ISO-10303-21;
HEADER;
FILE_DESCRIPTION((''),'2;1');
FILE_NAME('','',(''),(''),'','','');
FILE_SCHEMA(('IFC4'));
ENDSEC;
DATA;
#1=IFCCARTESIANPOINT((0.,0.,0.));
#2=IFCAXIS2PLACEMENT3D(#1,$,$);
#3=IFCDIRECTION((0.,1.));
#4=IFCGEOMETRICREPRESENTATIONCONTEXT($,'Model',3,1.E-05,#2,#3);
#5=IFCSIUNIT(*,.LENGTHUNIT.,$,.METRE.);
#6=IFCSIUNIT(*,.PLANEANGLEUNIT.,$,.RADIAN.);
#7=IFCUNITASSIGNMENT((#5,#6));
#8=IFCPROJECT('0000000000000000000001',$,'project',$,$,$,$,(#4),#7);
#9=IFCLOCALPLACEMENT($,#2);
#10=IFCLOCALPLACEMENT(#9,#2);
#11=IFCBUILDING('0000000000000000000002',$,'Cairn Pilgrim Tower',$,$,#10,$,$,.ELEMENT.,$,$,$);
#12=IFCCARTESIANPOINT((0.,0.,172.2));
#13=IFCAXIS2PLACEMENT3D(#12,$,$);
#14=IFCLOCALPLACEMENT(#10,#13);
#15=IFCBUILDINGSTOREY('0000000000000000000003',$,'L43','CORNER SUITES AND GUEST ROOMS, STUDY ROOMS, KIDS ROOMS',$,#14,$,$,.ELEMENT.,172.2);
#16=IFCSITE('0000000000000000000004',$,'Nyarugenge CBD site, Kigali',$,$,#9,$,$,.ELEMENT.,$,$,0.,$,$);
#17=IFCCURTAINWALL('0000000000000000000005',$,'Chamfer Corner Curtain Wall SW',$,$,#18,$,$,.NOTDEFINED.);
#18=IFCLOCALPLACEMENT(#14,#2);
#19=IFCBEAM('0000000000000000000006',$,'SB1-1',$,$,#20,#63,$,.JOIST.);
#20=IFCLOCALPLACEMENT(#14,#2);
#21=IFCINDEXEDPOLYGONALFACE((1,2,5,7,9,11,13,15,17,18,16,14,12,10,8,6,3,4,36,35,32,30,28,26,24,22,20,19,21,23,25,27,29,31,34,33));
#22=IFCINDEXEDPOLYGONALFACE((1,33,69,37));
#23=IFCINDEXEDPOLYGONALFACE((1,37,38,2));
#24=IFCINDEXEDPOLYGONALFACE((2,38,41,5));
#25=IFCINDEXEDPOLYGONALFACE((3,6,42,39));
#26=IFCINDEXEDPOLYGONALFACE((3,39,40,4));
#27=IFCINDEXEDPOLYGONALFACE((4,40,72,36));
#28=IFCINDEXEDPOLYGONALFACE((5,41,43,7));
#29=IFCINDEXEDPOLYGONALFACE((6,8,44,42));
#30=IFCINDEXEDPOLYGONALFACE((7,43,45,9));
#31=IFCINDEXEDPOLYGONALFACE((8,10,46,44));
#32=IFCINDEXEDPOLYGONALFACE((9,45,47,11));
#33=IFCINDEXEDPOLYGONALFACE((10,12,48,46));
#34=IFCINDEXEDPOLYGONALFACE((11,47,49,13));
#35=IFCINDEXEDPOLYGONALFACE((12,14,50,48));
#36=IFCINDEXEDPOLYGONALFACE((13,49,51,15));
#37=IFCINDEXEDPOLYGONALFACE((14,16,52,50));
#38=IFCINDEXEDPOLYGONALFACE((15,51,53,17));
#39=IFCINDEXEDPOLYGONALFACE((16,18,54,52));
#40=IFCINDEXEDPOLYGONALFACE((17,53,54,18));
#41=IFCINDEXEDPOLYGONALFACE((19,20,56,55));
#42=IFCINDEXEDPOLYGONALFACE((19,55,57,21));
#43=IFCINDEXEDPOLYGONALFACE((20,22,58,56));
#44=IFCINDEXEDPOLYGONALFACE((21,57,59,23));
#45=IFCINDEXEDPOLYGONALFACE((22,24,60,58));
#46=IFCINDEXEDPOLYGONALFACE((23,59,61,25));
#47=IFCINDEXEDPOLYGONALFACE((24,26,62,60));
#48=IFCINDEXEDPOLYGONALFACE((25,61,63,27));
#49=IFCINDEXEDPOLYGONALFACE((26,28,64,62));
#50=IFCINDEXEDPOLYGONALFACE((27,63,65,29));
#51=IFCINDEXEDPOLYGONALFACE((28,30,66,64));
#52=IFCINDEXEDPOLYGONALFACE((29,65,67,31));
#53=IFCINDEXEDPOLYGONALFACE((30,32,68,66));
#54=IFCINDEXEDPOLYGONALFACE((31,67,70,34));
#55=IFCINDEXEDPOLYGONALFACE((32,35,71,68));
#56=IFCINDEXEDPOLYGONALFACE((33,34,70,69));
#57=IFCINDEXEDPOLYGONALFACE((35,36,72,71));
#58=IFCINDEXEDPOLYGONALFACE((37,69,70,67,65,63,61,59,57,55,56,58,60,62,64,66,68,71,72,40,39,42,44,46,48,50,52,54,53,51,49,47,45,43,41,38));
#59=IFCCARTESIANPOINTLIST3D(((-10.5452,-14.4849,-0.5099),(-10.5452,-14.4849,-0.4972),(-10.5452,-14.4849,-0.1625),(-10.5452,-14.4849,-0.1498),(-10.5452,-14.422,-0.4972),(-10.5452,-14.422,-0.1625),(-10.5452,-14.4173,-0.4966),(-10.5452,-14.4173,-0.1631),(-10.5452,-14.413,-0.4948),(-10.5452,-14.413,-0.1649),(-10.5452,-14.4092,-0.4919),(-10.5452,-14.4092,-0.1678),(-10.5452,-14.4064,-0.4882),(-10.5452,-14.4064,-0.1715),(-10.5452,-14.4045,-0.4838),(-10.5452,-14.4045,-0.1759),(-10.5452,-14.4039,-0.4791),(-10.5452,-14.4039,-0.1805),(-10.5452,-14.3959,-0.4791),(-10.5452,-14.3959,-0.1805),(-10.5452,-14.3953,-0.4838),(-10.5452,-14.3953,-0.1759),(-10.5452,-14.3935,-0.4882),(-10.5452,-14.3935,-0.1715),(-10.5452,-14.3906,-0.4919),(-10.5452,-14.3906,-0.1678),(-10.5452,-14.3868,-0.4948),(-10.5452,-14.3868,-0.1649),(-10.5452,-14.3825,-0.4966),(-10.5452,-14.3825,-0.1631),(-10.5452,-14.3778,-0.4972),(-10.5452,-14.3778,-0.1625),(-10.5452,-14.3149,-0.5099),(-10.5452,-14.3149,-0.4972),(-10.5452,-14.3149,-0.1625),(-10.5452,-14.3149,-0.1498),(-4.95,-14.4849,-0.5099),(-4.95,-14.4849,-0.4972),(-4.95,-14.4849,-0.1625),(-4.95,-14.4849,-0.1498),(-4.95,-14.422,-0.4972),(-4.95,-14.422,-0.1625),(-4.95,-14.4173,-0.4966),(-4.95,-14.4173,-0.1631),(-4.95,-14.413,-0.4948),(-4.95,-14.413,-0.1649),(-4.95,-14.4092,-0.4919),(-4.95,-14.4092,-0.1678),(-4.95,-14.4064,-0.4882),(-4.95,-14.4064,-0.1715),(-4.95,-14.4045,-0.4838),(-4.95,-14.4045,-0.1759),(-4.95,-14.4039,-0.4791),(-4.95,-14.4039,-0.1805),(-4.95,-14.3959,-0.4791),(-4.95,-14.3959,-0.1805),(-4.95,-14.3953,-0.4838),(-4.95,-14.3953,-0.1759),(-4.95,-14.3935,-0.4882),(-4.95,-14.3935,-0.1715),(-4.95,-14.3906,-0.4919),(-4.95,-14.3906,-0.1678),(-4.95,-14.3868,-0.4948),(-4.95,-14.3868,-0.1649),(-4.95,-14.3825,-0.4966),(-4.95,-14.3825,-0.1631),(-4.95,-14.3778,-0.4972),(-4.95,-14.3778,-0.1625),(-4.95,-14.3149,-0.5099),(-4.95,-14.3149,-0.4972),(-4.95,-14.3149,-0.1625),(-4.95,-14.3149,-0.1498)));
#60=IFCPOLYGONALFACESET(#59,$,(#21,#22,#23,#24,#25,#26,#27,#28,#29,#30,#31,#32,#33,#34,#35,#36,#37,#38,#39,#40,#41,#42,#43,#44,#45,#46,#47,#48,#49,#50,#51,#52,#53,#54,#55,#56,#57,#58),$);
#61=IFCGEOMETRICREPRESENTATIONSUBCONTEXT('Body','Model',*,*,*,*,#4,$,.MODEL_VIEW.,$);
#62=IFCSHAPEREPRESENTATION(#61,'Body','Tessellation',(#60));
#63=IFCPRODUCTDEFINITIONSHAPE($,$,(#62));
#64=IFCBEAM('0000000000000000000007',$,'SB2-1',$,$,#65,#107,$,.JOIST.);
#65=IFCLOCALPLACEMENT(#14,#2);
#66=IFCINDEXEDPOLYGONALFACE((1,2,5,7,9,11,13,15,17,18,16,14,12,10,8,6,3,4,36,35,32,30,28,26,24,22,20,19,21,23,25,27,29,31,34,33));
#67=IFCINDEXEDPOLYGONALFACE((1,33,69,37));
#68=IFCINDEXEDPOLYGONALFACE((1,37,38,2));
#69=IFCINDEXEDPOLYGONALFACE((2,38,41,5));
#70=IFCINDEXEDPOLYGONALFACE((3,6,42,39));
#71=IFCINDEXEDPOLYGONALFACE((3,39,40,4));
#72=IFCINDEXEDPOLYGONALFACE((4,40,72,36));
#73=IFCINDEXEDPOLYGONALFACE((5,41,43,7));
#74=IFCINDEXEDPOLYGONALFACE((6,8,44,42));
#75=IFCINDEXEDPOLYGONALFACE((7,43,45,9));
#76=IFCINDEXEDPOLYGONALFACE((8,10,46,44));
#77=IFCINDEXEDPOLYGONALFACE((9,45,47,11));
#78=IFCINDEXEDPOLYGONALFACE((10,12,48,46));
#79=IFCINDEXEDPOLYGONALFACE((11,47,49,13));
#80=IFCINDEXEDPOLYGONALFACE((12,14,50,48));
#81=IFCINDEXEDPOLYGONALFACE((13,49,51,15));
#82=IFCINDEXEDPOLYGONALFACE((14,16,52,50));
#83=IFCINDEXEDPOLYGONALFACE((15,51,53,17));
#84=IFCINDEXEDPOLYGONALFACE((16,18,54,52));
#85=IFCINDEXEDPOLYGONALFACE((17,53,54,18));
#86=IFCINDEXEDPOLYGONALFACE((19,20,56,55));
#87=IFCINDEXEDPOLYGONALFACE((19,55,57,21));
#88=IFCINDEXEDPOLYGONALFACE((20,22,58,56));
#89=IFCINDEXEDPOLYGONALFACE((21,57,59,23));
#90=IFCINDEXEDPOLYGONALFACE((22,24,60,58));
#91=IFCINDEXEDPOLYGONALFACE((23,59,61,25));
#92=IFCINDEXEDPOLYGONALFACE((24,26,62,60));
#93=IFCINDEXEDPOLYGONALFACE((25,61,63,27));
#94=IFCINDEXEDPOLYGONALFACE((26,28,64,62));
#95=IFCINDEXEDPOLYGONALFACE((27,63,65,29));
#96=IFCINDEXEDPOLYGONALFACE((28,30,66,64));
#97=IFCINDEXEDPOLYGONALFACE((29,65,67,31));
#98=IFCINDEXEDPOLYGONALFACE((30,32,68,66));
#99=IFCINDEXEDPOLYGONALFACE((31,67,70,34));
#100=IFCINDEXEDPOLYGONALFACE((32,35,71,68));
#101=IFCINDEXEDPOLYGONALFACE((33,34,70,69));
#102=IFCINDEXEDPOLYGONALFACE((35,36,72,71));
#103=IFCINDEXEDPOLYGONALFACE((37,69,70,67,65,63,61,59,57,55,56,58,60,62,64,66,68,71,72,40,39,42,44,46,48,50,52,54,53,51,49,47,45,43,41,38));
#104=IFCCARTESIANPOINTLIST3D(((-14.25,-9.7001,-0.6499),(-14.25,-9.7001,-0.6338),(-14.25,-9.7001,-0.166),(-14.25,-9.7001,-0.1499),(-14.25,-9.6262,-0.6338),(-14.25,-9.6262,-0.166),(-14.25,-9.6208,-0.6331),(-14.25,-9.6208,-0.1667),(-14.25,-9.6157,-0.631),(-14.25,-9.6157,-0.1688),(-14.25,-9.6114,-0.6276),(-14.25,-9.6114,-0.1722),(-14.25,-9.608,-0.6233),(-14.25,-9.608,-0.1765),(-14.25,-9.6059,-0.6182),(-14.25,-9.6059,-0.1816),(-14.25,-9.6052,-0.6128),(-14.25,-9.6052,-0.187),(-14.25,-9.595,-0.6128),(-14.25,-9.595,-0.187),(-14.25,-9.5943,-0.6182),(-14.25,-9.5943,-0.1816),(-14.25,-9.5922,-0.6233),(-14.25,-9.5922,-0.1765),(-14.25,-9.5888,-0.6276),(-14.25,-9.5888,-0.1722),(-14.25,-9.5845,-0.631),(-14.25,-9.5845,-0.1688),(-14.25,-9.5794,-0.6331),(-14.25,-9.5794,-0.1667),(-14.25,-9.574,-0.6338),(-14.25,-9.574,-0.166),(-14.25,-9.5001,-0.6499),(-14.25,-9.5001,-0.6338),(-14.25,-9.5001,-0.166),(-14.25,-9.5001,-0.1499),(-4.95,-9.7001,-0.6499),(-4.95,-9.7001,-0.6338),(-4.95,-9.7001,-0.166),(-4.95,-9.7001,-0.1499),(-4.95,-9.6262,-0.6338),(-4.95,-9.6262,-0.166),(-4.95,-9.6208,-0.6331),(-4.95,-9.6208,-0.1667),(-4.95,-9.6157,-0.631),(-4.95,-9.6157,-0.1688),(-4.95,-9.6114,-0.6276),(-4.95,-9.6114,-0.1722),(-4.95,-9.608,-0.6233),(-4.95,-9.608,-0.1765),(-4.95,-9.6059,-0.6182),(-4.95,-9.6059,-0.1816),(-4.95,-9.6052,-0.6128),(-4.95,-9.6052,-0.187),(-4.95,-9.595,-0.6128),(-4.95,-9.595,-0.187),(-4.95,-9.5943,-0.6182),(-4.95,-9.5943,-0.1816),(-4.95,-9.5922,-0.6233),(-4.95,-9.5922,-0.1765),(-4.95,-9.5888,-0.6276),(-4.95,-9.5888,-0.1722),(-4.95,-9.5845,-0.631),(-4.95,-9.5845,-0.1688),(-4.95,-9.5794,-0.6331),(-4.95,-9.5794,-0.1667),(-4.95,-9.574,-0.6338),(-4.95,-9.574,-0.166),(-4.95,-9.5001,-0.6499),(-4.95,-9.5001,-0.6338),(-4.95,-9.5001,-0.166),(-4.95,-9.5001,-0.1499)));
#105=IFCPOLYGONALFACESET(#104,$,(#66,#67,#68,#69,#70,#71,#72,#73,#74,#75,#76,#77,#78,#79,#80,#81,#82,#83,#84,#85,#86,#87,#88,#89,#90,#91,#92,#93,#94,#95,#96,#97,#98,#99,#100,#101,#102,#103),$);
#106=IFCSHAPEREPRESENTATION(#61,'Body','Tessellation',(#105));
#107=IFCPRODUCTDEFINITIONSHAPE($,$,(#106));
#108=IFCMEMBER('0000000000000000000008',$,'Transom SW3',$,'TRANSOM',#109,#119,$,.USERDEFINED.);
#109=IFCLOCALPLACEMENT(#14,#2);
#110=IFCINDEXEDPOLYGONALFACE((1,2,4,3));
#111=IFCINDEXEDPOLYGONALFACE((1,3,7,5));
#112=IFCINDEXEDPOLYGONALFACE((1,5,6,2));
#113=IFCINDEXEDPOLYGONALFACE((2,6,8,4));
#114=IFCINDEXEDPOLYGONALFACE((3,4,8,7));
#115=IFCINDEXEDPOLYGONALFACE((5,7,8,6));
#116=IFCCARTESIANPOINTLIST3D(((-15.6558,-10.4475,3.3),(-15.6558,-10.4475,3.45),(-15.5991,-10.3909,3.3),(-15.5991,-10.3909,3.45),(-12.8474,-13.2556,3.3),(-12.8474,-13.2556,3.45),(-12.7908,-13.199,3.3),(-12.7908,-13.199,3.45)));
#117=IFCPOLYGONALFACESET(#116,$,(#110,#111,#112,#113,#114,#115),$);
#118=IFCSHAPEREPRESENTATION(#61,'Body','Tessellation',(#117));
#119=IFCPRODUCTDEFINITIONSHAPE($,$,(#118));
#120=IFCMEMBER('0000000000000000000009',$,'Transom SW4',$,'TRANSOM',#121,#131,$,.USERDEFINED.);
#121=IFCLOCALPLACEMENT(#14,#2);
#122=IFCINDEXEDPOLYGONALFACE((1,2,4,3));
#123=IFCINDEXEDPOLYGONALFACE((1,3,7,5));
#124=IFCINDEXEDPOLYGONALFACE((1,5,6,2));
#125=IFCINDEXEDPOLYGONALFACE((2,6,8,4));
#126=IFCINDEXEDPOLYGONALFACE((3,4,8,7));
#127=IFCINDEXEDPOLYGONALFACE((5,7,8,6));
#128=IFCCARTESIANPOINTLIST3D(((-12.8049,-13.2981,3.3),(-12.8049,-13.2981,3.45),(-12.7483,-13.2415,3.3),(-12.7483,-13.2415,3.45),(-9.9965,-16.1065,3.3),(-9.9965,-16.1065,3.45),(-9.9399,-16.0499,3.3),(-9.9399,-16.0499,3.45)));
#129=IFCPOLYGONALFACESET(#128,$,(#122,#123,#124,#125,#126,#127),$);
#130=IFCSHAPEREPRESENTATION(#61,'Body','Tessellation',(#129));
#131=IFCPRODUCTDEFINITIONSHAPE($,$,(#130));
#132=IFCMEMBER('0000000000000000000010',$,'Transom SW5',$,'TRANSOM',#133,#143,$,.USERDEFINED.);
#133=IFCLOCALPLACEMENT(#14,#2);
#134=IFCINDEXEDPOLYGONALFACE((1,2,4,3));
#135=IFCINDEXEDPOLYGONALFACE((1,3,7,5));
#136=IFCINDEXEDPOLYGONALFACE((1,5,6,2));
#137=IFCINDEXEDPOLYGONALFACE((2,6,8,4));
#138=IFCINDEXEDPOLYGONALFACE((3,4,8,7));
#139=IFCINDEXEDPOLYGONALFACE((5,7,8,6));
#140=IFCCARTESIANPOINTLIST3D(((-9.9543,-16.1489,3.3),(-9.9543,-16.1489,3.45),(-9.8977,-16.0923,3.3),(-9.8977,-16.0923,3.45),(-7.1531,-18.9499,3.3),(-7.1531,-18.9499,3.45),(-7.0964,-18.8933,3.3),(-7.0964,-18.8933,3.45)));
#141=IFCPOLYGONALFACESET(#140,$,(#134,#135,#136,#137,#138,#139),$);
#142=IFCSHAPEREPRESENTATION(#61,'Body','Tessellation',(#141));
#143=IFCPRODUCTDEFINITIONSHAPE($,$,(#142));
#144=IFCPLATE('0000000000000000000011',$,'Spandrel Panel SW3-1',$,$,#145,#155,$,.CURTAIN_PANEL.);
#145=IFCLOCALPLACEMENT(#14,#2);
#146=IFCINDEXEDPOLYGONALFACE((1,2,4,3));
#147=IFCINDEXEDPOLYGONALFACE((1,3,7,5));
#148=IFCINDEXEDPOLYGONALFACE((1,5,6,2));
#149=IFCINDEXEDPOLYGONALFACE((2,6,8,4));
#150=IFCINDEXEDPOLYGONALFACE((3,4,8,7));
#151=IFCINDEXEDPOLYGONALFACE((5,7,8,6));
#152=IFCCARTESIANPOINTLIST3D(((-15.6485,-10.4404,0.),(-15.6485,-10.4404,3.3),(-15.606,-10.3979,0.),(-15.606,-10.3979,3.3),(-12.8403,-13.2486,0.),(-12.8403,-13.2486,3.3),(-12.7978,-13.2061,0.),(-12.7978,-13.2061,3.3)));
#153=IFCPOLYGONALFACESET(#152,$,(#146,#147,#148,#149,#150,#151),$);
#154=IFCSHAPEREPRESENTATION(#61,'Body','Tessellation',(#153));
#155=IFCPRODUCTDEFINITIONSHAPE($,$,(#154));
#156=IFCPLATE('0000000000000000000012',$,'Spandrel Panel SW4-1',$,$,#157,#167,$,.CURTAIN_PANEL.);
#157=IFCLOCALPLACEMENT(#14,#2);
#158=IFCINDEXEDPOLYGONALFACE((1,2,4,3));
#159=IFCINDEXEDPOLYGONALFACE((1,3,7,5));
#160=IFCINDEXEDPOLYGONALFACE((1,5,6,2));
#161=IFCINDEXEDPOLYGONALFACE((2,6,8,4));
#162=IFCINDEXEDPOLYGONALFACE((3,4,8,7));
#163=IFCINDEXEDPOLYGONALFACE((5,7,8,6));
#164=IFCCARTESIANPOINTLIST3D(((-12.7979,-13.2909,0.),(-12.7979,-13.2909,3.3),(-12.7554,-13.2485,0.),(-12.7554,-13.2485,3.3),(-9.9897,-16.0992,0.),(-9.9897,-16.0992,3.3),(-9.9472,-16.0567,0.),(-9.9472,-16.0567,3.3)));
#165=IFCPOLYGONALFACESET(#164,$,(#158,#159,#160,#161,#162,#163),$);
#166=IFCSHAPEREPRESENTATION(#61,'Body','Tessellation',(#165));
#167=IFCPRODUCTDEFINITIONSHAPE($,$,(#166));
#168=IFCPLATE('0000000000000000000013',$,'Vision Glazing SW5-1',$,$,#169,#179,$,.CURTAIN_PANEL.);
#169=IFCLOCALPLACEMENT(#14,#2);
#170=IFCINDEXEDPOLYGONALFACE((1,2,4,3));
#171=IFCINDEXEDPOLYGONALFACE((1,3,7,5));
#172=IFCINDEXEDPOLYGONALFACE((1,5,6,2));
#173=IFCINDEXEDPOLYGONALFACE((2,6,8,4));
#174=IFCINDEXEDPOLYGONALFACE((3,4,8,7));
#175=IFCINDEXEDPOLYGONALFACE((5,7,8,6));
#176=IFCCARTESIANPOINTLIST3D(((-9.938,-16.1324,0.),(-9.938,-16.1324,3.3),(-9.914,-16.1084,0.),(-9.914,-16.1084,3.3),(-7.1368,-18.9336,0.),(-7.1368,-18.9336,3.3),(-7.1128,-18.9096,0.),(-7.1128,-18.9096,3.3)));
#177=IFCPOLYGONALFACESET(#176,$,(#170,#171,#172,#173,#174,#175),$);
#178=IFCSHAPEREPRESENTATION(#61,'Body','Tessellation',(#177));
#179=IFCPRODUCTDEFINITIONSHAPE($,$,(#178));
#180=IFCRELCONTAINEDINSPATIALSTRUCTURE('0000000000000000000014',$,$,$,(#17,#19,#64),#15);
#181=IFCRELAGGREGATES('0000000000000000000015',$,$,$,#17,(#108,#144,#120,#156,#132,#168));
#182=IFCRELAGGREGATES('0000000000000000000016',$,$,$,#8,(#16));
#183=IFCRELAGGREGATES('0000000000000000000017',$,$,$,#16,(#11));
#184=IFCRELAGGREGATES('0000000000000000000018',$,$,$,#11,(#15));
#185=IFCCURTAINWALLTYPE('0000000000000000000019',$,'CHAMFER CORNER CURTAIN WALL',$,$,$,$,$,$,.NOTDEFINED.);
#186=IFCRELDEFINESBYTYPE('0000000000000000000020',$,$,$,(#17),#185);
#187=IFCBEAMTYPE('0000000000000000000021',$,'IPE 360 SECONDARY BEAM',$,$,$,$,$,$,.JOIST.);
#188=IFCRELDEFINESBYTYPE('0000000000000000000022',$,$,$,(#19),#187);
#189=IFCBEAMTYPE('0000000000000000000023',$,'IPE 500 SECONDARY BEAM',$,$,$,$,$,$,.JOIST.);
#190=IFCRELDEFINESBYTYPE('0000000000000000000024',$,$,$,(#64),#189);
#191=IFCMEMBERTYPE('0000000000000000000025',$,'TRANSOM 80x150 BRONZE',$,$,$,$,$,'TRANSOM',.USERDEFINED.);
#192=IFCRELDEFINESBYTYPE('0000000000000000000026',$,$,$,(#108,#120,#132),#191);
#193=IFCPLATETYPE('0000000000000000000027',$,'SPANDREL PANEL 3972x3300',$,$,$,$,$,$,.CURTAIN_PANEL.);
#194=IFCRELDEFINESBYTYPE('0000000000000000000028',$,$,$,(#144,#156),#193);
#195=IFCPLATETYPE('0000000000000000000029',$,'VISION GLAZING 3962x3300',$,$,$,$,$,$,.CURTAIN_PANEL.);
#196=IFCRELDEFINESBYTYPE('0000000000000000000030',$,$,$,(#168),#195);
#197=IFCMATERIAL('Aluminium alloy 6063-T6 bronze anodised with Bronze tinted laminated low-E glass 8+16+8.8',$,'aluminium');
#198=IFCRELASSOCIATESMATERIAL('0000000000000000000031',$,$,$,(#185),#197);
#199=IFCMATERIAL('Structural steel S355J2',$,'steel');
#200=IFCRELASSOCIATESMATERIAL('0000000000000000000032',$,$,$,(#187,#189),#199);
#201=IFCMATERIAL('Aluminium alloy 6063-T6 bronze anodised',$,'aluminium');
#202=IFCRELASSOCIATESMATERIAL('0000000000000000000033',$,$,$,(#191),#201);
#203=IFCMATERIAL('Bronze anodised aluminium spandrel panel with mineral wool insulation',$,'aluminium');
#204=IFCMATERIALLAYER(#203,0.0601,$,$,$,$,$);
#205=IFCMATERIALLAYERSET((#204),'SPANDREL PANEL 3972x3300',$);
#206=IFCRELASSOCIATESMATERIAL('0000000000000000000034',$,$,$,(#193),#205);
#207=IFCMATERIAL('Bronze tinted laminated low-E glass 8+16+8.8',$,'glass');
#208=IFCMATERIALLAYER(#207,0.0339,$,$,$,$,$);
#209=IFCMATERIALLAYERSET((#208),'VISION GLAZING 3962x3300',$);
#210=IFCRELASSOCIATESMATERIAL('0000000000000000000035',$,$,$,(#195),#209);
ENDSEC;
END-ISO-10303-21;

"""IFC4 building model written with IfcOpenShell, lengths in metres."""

from ifc_helpers import new_model, si_unit, direction, frame, origin, origin_2d, place, context, subcontext, project, spatial, rectangle, i_section, extrude, material, layer, layer_set, material_profile, profile_set, type_object, element, aggregate, save


model = new_model("IFC4")

# Units and contexts
model_context = context("Model", 3, precision=1e-05, world=origin(), true_north=direction((0.0, 1.0)))
body_context = subcontext(model_context, "Body", "Model", "MODEL_VIEW")
ifc_project = project(units=[si_unit("LENGTHUNIT", "METRE"), si_unit("PLANEANGLEUNIT", "RADIAN")], contexts=[model_context])

# Site, building, storey
site_placement = place(None, origin())
site = spatial("IfcSite", under=ifc_project, at=site_placement, Name="Nyarugenge CBD site, Kigali", CompositionType="ELEMENT", RefElevation=0.0)
building_placement = place(site_placement, origin())
building = spatial("IfcBuilding", under=site, at=building_placement, Name="Cairn Pilgrim Tower", CompositionType="ELEMENT")
storey_placement = place(building_placement, frame((0.0, 0.0, 172.2)))
storey = spatial("IfcBuildingStorey", under=building, at=storey_placement, Name="L43", Description="CORNER SUITES AND GUEST ROOMS, STUDY ROOMS, KIDS ROOMS", CompositionType="ELEMENT", Elevation=172.2)

# Shared definitions
ifc_material_1 = material(Name="Structural steel S355J2", Category="steel")

# Curtain wall
ifc_material_2 = material(Name="Aluminium alloy 6063-T6 bronze anodised with Bronze tinted laminated low-E glass 8+16+8.8", Category="aluminium")
curtain_wall_type = type_object("IfcCurtainWallType", Name="CHAMFER CORNER CURTAIN WALL", PredefinedType="NOTDEFINED", material=ifc_material_2)
curtain_wall_placement = place(storey_placement, origin())
curtain_wall = element("IfcCurtainWall", 1, at=curtain_wall_placement, inside=storey, type_object=curtain_wall_type, Name="Chamfer Corner Curtain Wall SW", PredefinedType="NOTDEFINED")
ifc_material_3 = material(Name="Aluminium alloy 6063-T6 bronze anodised", Category="aluminium")

# Beams
ifc_material_profile_1 = material_profile(ifc_material_1, i_section(OverallWidth=0.1699, OverallDepth=0.3601, WebThickness=0.0081, FlangeThickness=0.0127, FilletRadius=0.0181, at=origin_2d()), Name="IPE 360")
ifc_profile_set_1 = profile_set([ifc_material_profile_1], Name="Structural steel S355J2")
beam_type_1 = type_object("IfcBeamType", Name="IPE 360 SECONDARY BEAM", PredefinedType="JOIST", material=ifc_profile_set_1)
beam_1_placement = place(storey_placement, frame((-10.5452, -14.3999, -0.3298), z_axis=(1.0, 0.0, 0.0), x_axis=(0.0, 1.0, 0.0)))
element("IfcBeam", 2, at=beam_1_placement, inside=storey, type_object=beam_type_1, Name="SB1-1", PredefinedType="JOIST", context=body_context, shape_type="SweptSolid", body=[
    extrude(i_section(OverallWidth=0.1699, OverallDepth=0.3601, WebThickness=0.0081, FlangeThickness=0.0127, FilletRadius=0.0181, at=origin_2d()), origin(), (0.0, 0.0, 1.0), 5.5952),
])
ifc_material_profile_2 = material_profile(ifc_material_1, i_section(OverallWidth=0.2, OverallDepth=0.5, WebThickness=0.0103, FlangeThickness=0.0161, FilletRadius=0.021, at=origin_2d()), Name="IPE 500")
ifc_profile_set_2 = profile_set([ifc_material_profile_2], Name="Structural steel S355J2")
beam_type_2 = type_object("IfcBeamType", Name="IPE 500 SECONDARY BEAM", PredefinedType="JOIST", material=ifc_profile_set_2)
beam_2_placement = place(storey_placement, frame((-14.25, -9.6001, -0.3999), z_axis=(1.0, 0.0, 0.0), x_axis=(0.0, 1.0, 0.0)))
element("IfcBeam", 3, at=beam_2_placement, inside=storey, type_object=beam_type_2, Name="SB2-1", PredefinedType="JOIST", context=body_context, shape_type="SweptSolid", body=[
    extrude(i_section(OverallWidth=0.2, OverallDepth=0.5, WebThickness=0.0103, FlangeThickness=0.0161, FilletRadius=0.021, at=origin_2d()), origin(), (0.0, 0.0, 1.0), 9.3),
])

# Members
ifc_material_profile_3 = material_profile(ifc_material_3, rectangle(XDim=0.0801, YDim=0.1499, at=origin_2d()), Name="TRANSOM 80x150 BRONZE")
ifc_profile_set_3 = profile_set([ifc_material_profile_3], Name="Aluminium alloy 6063-T6 bronze anodised")
member_type_1 = type_object("IfcMemberType", Name="TRANSOM 80x150 BRONZE", ElementType="TRANSOM", PredefinedType="USERDEFINED", material=ifc_profile_set_3)
member_1_placement = place(storey_placement, frame((-15.6274, -10.4192, 3.375), z_axis=(0.707138, -0.707076, 0.0), x_axis=(0.707076, 0.707138, 0.0)))
member_1 = element("IfcMember", 4, at=member_1_placement, type_object=member_type_1, Name="Transom SW3", ObjectType="TRANSOM", PredefinedType="USERDEFINED", context=body_context, shape_type="SweptSolid", body=[
    extrude(rectangle(XDim=0.0801, YDim=0.1499, at=origin_2d()), origin(), (0.0, 0.0, 1.0), 3.9714),
])
member_2_placement = place(storey_placement, frame((-12.7766, -13.2698, 3.375), z_axis=(0.707107, -0.707107, 0.0), x_axis=(0.707107, 0.707107, 0.0)))
member_2 = element("IfcMember", 5, at=member_2_placement, type_object=member_type_1, Name="Transom SW4", ObjectType="TRANSOM", PredefinedType="USERDEFINED", context=body_context, shape_type="SweptSolid", body=[
    extrude(rectangle(XDim=0.0801, YDim=0.1499, at=origin_2d()), origin(), (0.0, 0.0, 1.0), 3.9717),
])
member_3_placement = place(storey_placement, frame((-9.926, -16.1206, 3.375), z_axis=(0.707138, -0.707076, 0.0), x_axis=(0.707076, 0.707138, 0.0)))
member_3 = element("IfcMember", 6, at=member_3_placement, type_object=member_type_1, Name="Transom SW5", ObjectType="TRANSOM", PredefinedType="USERDEFINED", context=body_context, shape_type="SweptSolid", body=[
    extrude(rectangle(XDim=0.0801, YDim=0.1499, at=origin_2d()), origin(), (0.0, 0.0, 1.0), 3.9614),
])

# Plates
ifc_material_4 = material(Name="Bronze anodised aluminium spandrel panel with mineral wool insulation", Category="aluminium")
ifc_layer_1 = layer(ifc_material_4, 0.0601)
ifc_layer_set_1 = layer_set([ifc_layer_1], Name="SPANDREL PANEL 3972x3300")
plate_type_1 = type_object("IfcPlateType", Name="SPANDREL PANEL 3972x3300", PredefinedType="CURTAIN_PANEL", material=ifc_layer_set_1)
plate_1_placement = place(storey_placement, frame((-14.2231, -11.8232, 0.0), z_axis=(0.0, 0.0, 1.0), x_axis=(0.707107, -0.707107, 0.0)))
plate_1 = element("IfcPlate", 7, at=plate_1_placement, type_object=plate_type_1, Name="Spandrel Panel SW3-1", PredefinedType="CURTAIN_PANEL", context=body_context, shape_type="SweptSolid", body=[
    extrude(rectangle(XDim=3.9714, YDim=0.0601, at=origin_2d()), origin(), (0.0, 0.0, 1.0), 3.3),
])
plate_2_placement = place(storey_placement, frame((-11.3726, -14.6738, 0.0), z_axis=(0.0, 0.0, 1.0), x_axis=(0.707107, -0.707107, 0.0)))
plate_2 = element("IfcPlate", 8, at=plate_2_placement, type_object=plate_type_1, Name="Spandrel Panel SW4-1", PredefinedType="CURTAIN_PANEL", context=body_context, shape_type="SweptSolid", body=[
    extrude(rectangle(XDim=3.9714, YDim=0.0601, at=origin_2d()), origin(), (0.0, 0.0, 1.0), 3.3),
])
ifc_material_5 = material(Name="Bronze tinted laminated low-E glass 8+16+8.8", Category="glass")
ifc_layer_2 = layer(ifc_material_5, 0.0339)
ifc_layer_set_2 = layer_set([ifc_layer_2], Name="VISION GLAZING 3962x3300")
plate_type_2 = type_object("IfcPlateType", Name="VISION GLAZING 3962x3300", PredefinedType="CURTAIN_PANEL", material=ifc_layer_set_2)
plate_3_placement = place(storey_placement, frame((-8.5254, -17.521, 0.0), z_axis=(0.0, 0.0, 1.0), x_axis=(0.707107, -0.707107, 0.0)))
plate_3 = element("IfcPlate", 9, at=plate_3_placement, type_object=plate_type_2, Name="Vision Glazing SW5-1", PredefinedType="CURTAIN_PANEL", context=body_context, shape_type="SweptSolid", body=[
    extrude(rectangle(XDim=3.9614, YDim=0.0339, at=origin_2d()), origin(), (0.0, 0.0, 1.0), 3.3),
])
aggregate(curtain_wall, [member_1, plate_1, member_2, plate_2, member_3, plate_3])

save(model, "model.ifc")
